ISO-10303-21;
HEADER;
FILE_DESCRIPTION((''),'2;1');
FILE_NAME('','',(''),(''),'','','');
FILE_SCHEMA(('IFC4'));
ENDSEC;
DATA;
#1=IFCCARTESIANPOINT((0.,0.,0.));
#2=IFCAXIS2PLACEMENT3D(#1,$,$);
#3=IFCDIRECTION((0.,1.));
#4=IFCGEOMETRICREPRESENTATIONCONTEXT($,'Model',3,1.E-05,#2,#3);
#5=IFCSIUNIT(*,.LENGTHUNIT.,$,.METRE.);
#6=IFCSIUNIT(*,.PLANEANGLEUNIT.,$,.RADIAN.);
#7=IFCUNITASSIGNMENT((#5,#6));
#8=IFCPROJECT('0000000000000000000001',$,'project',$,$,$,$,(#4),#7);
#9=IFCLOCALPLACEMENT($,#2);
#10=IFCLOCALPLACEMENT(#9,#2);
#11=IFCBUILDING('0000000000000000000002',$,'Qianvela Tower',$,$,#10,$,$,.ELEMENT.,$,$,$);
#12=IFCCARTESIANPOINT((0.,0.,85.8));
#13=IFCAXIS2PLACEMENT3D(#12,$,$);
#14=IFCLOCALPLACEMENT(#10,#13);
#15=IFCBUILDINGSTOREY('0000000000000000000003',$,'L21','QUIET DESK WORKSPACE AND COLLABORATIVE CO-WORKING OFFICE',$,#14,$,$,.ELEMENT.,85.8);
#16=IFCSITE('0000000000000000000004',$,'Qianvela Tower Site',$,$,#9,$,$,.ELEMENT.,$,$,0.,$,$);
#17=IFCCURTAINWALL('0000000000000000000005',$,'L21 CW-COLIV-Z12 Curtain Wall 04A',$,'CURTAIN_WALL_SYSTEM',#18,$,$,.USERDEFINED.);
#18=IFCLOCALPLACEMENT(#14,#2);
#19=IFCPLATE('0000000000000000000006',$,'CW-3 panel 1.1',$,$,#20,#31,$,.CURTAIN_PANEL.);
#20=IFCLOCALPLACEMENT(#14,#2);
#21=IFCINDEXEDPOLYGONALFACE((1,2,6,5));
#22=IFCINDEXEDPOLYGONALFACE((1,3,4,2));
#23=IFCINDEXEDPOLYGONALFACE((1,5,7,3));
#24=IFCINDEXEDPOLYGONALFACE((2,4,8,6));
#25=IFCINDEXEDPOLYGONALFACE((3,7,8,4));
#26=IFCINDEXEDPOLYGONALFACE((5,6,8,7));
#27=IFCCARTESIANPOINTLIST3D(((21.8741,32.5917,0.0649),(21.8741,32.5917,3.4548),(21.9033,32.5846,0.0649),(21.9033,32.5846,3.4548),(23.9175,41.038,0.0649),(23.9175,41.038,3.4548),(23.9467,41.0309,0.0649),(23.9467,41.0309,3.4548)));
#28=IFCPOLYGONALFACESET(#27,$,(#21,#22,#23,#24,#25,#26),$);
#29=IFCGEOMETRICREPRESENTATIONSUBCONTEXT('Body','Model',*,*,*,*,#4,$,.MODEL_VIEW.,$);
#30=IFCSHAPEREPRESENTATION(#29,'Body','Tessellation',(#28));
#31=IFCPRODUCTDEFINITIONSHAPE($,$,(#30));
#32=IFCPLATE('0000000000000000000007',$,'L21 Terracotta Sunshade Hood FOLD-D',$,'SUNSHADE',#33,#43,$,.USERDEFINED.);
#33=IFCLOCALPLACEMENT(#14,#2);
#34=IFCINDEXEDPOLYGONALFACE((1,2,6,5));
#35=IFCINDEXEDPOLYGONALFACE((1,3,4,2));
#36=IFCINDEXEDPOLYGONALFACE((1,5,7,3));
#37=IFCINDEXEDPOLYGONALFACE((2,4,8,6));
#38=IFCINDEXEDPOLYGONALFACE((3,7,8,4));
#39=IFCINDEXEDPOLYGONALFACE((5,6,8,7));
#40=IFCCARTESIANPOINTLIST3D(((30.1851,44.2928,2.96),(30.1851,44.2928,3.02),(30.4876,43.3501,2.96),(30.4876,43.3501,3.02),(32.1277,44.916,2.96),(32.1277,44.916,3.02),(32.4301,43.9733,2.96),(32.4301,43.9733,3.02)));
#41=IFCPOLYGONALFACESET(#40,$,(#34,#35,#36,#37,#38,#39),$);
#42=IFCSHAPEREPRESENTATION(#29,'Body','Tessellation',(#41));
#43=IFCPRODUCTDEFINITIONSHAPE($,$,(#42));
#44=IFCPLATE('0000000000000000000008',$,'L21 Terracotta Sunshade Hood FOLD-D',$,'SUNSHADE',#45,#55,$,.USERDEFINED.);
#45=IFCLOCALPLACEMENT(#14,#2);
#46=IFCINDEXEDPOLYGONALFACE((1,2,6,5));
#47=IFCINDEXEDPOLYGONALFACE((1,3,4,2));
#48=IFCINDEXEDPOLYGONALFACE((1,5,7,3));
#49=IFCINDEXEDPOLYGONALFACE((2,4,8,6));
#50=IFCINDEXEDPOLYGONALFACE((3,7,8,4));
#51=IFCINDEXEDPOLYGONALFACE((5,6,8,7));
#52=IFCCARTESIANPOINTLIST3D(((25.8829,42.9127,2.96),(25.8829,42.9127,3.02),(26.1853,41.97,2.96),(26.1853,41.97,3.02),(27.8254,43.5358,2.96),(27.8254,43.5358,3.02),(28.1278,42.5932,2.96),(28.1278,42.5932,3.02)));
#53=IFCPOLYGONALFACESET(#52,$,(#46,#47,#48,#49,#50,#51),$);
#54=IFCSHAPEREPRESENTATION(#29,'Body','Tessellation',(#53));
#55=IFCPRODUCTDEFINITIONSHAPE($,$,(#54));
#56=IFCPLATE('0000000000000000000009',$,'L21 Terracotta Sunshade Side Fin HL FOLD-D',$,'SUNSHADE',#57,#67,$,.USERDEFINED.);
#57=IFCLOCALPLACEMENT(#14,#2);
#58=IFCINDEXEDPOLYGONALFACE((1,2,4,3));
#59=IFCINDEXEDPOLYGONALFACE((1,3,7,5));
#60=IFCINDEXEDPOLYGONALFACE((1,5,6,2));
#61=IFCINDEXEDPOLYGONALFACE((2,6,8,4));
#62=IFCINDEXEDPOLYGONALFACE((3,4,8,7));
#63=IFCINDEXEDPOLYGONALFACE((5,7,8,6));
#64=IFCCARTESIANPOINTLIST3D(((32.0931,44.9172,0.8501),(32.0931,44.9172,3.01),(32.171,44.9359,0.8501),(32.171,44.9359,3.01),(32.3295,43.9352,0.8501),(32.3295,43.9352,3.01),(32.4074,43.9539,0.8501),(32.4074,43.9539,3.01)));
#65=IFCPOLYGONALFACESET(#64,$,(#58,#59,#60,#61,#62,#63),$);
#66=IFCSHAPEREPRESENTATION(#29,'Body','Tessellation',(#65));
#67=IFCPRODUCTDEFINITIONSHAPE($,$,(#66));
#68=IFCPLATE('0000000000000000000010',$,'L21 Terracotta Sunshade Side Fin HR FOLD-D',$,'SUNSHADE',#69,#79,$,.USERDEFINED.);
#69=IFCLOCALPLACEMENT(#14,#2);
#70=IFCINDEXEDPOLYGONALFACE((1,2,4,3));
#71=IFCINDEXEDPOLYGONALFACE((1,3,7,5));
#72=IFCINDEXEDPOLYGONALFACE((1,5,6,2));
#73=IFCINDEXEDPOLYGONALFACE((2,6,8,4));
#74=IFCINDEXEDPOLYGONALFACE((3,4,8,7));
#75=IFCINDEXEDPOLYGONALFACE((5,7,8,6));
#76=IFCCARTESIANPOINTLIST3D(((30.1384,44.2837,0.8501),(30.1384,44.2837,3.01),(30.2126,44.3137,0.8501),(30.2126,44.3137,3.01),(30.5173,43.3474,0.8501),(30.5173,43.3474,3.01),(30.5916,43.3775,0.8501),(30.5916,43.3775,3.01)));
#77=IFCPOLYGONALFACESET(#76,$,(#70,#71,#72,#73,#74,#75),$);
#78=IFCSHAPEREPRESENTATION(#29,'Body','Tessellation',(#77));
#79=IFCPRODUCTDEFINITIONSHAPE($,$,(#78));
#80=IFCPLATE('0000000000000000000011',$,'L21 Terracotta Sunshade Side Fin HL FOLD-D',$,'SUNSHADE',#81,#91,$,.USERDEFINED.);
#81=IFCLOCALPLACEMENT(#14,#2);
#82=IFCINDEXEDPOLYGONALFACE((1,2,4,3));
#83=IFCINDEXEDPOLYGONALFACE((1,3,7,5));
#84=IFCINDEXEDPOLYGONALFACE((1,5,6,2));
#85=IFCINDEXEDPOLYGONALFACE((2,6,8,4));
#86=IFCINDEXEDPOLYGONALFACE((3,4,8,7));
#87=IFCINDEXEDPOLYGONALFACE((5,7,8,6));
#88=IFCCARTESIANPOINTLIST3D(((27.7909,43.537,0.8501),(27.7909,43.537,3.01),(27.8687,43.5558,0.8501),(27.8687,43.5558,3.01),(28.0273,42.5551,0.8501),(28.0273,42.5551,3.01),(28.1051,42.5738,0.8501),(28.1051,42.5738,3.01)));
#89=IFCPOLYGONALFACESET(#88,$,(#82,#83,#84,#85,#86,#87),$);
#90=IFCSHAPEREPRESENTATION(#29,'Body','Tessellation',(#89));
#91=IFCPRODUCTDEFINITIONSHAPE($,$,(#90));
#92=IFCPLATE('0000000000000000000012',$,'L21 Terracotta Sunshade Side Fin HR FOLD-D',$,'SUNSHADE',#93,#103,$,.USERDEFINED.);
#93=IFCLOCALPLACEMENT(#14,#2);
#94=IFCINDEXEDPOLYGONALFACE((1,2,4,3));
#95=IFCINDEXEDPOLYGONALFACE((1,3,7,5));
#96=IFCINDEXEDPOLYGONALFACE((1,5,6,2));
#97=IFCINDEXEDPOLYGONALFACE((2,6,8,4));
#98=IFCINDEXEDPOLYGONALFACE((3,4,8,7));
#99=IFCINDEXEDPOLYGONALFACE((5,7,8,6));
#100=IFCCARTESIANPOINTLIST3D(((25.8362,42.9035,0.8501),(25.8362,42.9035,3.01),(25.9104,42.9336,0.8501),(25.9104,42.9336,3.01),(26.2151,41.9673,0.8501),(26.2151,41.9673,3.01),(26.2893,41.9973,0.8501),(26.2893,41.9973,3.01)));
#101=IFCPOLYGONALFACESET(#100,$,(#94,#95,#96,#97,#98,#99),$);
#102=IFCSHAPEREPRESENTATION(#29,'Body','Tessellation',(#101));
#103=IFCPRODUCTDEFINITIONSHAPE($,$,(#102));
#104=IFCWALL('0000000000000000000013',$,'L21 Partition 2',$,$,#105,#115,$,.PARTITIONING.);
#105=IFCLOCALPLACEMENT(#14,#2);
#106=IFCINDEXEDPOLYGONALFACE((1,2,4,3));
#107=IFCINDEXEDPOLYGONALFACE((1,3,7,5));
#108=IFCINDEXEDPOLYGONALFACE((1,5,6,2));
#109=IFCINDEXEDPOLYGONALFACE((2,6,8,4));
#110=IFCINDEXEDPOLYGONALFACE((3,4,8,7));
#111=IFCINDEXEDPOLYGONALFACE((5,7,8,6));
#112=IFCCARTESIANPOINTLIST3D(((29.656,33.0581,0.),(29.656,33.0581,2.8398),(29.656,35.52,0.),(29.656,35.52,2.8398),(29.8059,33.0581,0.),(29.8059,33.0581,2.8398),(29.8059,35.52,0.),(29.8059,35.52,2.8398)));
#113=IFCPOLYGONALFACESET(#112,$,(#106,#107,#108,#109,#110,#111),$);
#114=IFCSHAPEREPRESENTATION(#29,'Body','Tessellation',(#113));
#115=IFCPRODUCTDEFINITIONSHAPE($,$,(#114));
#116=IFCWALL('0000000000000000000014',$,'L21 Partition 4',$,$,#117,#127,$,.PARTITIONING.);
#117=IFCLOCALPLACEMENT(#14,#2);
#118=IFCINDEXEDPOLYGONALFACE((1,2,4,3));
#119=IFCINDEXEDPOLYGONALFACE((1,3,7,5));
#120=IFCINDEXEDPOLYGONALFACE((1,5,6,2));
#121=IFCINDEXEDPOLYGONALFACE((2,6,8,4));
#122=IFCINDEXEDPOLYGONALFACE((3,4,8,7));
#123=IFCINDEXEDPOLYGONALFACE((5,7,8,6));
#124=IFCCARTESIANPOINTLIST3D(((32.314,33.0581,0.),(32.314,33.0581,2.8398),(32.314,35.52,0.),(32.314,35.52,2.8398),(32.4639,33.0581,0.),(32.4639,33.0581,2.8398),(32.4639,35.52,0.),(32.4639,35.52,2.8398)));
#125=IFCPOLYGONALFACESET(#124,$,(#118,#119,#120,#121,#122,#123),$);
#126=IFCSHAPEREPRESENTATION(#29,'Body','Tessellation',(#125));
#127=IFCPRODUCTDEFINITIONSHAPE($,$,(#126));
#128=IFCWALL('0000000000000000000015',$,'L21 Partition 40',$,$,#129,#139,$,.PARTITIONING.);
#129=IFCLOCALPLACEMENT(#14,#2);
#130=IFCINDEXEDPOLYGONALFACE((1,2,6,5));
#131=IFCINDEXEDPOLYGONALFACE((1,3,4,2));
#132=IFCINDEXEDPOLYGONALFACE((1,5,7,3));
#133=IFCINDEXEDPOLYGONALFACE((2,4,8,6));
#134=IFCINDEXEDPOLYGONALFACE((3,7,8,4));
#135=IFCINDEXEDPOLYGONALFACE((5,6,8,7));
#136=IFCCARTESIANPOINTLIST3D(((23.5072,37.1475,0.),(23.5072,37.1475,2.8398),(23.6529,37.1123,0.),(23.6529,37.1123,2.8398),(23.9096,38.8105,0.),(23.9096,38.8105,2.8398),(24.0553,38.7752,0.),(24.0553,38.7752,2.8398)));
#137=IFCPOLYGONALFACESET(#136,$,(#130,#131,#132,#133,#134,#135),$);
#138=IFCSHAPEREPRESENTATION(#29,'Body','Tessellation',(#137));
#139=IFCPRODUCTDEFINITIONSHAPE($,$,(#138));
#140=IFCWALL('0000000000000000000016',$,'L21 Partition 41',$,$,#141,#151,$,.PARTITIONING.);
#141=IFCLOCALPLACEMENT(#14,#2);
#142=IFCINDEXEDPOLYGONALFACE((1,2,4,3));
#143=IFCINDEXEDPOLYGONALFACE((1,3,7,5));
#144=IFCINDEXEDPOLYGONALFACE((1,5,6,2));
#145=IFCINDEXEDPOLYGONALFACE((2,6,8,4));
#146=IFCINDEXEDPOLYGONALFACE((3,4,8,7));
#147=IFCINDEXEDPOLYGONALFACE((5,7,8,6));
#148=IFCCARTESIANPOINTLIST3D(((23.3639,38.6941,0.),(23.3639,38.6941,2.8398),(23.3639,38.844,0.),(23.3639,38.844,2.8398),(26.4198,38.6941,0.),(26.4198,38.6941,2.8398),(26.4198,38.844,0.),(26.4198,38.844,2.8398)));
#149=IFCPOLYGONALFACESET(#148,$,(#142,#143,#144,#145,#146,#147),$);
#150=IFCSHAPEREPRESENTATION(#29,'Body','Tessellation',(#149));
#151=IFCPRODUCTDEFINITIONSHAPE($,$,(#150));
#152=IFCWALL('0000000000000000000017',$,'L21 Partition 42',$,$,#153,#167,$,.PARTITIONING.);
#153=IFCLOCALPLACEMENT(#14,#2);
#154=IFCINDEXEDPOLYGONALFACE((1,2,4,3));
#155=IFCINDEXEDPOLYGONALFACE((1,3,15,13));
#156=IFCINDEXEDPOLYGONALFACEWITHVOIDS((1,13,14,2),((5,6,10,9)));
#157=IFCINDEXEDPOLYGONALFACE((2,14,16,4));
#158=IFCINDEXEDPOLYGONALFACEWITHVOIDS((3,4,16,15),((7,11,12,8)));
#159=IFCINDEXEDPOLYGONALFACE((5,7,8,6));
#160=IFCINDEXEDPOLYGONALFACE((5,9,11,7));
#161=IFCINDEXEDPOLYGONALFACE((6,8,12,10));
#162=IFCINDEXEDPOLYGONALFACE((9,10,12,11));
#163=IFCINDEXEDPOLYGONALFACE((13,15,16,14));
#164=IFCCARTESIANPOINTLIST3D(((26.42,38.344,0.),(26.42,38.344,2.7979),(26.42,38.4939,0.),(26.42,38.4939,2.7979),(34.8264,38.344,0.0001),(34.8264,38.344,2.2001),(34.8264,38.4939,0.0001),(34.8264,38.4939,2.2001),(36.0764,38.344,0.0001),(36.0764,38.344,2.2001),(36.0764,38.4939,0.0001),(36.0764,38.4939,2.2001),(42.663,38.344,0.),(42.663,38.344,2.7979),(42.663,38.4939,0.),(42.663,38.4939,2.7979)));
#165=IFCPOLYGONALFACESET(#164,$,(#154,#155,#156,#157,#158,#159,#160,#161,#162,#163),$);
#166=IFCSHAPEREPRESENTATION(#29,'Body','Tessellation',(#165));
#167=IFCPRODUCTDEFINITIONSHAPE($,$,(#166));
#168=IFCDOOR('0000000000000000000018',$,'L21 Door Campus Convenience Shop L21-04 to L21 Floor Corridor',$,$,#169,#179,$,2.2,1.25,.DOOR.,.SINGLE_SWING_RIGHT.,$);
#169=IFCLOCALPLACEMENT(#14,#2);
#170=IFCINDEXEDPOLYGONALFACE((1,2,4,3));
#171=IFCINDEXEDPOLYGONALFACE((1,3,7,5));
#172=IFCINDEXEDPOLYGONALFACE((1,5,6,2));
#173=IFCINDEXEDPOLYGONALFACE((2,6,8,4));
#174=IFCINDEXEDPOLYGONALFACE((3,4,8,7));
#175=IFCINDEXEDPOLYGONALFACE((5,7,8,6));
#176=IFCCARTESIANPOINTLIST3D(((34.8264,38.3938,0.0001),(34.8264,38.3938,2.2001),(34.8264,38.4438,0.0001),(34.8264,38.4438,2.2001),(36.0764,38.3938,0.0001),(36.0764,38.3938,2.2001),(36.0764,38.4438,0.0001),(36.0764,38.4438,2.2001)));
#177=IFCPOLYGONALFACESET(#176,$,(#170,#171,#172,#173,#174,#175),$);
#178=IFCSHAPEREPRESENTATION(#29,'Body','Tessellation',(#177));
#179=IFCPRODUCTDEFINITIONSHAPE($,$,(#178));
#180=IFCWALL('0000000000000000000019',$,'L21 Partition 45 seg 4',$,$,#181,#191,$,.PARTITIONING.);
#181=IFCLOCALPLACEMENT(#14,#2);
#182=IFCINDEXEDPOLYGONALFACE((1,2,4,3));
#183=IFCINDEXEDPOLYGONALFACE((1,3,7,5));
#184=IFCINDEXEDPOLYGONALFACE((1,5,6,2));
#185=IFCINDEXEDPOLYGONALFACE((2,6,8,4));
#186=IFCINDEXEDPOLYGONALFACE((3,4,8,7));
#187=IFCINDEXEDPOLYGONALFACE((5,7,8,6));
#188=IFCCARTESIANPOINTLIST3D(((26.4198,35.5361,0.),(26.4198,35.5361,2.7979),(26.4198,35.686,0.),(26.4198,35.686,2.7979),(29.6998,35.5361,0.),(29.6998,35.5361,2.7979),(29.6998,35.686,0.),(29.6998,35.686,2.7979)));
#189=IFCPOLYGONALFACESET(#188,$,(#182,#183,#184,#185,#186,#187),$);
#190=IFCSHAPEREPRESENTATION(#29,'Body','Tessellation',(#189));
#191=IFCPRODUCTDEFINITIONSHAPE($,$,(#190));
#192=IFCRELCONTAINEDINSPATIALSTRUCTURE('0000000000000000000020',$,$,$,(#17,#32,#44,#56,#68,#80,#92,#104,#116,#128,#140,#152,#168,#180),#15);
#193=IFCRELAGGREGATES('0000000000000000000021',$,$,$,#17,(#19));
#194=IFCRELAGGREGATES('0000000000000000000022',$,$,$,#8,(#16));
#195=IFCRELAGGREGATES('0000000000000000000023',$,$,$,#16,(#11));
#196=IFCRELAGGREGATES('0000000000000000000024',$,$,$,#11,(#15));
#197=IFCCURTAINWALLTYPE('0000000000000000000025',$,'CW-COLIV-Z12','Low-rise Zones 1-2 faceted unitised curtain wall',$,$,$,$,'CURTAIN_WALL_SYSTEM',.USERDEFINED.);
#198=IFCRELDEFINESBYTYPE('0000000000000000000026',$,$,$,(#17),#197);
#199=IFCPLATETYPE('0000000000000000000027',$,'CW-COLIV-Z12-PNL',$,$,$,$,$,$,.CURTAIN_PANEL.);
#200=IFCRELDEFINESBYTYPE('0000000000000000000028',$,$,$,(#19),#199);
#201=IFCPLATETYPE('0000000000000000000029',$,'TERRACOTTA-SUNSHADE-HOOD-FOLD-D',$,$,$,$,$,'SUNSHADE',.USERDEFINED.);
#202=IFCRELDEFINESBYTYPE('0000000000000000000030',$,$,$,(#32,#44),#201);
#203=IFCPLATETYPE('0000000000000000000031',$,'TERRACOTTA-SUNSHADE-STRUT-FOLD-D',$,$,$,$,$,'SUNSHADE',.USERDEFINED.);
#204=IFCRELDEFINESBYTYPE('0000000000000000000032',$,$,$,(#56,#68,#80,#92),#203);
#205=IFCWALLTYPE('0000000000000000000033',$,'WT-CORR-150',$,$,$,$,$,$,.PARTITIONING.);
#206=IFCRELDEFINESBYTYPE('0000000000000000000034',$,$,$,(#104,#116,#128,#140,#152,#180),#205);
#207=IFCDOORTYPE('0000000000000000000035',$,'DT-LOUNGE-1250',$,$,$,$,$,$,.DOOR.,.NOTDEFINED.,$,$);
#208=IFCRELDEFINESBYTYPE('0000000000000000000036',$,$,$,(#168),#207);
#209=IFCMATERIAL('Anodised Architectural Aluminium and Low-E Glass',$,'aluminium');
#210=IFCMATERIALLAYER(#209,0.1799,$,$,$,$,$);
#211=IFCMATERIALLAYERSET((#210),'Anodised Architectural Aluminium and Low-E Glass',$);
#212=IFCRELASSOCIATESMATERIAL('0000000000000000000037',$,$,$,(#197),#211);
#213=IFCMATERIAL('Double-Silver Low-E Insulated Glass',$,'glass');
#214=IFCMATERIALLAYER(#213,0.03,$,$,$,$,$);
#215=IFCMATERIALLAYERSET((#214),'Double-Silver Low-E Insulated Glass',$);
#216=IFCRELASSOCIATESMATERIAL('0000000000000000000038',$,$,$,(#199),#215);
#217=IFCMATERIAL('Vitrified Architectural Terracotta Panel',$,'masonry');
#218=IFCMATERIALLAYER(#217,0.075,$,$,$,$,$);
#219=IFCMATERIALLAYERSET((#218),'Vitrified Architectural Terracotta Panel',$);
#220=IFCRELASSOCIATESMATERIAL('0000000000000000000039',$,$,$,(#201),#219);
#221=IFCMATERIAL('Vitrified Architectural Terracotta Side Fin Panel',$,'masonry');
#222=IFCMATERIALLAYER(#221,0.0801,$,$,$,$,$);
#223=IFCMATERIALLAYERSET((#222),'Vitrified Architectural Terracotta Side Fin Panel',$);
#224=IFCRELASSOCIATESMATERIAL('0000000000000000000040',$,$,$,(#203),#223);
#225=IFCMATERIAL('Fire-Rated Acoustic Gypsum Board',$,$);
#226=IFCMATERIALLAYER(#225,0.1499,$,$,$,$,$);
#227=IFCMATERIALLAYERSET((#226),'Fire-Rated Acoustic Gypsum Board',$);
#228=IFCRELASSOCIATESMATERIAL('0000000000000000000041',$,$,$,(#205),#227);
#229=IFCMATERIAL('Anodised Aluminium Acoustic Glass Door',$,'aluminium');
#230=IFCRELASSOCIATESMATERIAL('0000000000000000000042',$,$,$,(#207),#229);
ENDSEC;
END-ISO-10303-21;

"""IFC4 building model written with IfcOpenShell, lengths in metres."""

from ifc_helpers import new_model, si_unit, direction, frame, frame_2d, origin, origin_2d, place, context, subcontext, project, spatial, rectangle, extrude, material, layer, layer_set, type_object, element, fill, aggregate, save


model = new_model("IFC4")

# Units and contexts
model_context = context("Model", 3, precision=1e-05, world=origin(), true_north=direction((0.0, 1.0)))
body_context = subcontext(model_context, "Body", "Model", "MODEL_VIEW")
ifc_project = project(units=[si_unit("LENGTHUNIT", "METRE"), si_unit("PLANEANGLEUNIT", "RADIAN")], contexts=[model_context])

# Site, building, storey
site_placement = place(None, origin())
site = spatial("IfcSite", under=ifc_project, at=site_placement, Name="Qianvela Tower Site", CompositionType="ELEMENT", RefElevation=0.0)
building_placement = place(site_placement, origin())
building = spatial("IfcBuilding", under=site, at=building_placement, Name="Qianvela Tower", CompositionType="ELEMENT")
storey_placement = place(building_placement, frame((0.0, 0.0, 85.8)))
storey = spatial("IfcBuildingStorey", under=building, at=storey_placement, Name="L21", Description="QUIET DESK WORKSPACE AND COLLABORATIVE CO-WORKING OFFICE", CompositionType="ELEMENT", Elevation=85.8)

# Curtain wall, plate
ifc_material_1 = material(Name="Anodised Architectural Aluminium and Low-E Glass", Category="aluminium")
ifc_layer_1 = layer(ifc_material_1, 0.1799)
ifc_layer_set_1 = layer_set([ifc_layer_1], Name="Anodised Architectural Aluminium and Low-E Glass")
curtain_wall_type = type_object("IfcCurtainWallType", Name="CW-COLIV-Z12", Description="Low-rise Zones 1-2 faceted unitised curtain wall", ElementType="CURTAIN_WALL_SYSTEM", PredefinedType="USERDEFINED", material=ifc_layer_set_1)
curtain_wall_placement = place(storey_placement, origin())
curtain_wall = element("IfcCurtainWall", 1, at=curtain_wall_placement, inside=storey, type_object=curtain_wall_type, Name="L21 CW-COLIV-Z12 Curtain Wall 04A", ObjectType="CURTAIN_WALL_SYSTEM", PredefinedType="USERDEFINED")
ifc_material_2 = material(Name="Double-Silver Low-E Insulated Glass", Category="glass")
ifc_layer_2 = layer(ifc_material_2, 0.03)
ifc_layer_set_2 = layer_set([ifc_layer_2], Name="Double-Silver Low-E Insulated Glass")
plate_type_1 = type_object("IfcPlateType", Name="CW-COLIV-Z12-PNL", PredefinedType="CURTAIN_PANEL", material=ifc_layer_set_2)
plate_placement = place(storey_placement, frame((22.9104, 36.8113, 0.0649), z_axis=(0.0, 0.0, 1.0), x_axis=(-0.235142, -0.971961, 0.0)))
plate = element("IfcPlate", 2, at=plate_placement, type_object=plate_type_1, Name="CW-3 panel 1.1", PredefinedType="CURTAIN_PANEL", context=body_context, shape_type="SweptSolid", body=[
    extrude(rectangle(XDim=8.6899, YDim=0.03, at=origin_2d()), origin(), (0.0, 0.0, 1.0), 3.3899),
])
aggregate(curtain_wall, [plate])

# Plates
ifc_material_3 = material(Name="Vitrified Architectural Terracotta Panel", Category="masonry")
ifc_layer_3 = layer(ifc_material_3, 0.075)
ifc_layer_set_3 = layer_set([ifc_layer_3], Name="Vitrified Architectural Terracotta Panel")
plate_type_2 = type_object("IfcPlateType", Name="TERRACOTTA-SUNSHADE-HOOD-FOLD-D", ElementType="SUNSHADE", PredefinedType="USERDEFINED", material=ifc_layer_set_3)
for number, where, z_axis, x_axis, name in (
    (3, (31.3076, 44.1331, 2.96), (0.0, 0.0, 1.0), (-0.952204, -0.305464, 0.0), "L21 Terracotta Sunshade Hood FOLD-D"),
    (4, (27.0054, 42.7529, 2.96), (0.0, 0.0, 1.0), (-0.952204, -0.305464, 0.0), "L21 Terracotta Sunshade Hood FOLD-D"),
):
    element("IfcPlate", number, at=place(storey_placement, frame(where, z_axis=z_axis, x_axis=x_axis)), inside=storey, type_object=plate_type_2, Name=name, ObjectType="SUNSHADE", PredefinedType="USERDEFINED", context=body_context, shape_type="SweptSolid", body=[
        extrude(rectangle(XDim=2.04, YDim=0.99, at=origin_2d()), origin(), (0.0, 0.0, 1.0), 0.0601),
    ])
ifc_material_4 = material(Name="Vitrified Architectural Terracotta Side Fin Panel", Category="masonry")
ifc_layer_4 = layer(ifc_material_4, 0.0801)
ifc_layer_set_4 = layer_set([ifc_layer_4], Name="Vitrified Architectural Terracotta Side Fin Panel")
plate_type_3 = type_object("IfcPlateType", Name="TERRACOTTA-SUNSHADE-STRUT-FOLD-D", ElementType="SUNSHADE", PredefinedType="USERDEFINED", material=ifc_layer_set_4)
for number, where, z_axis, x_axis, name in (
    (5, (32.2502, 44.4355, 0.8501), (0.0, 0.0, 1.0), (-0.972223, -0.234058, 0.0), "L21 Terracotta Sunshade Side Fin HL FOLD-D"),
    (6, (30.365, 43.8306, 0.8501), (0.0, 0.0, 1.0), (-0.926948, -0.375191, 0.0), "L21 Terracotta Sunshade Side Fin HR FOLD-D"),
    (7, (27.948, 43.0554, 0.8501), (0.0, 0.0, 1.0), (-0.972223, -0.234058, 0.0), "L21 Terracotta Sunshade Side Fin HL FOLD-D"),
    (8, (26.0627, 42.4504, 0.8501), (0.0, 0.0, 1.0), (-0.926948, -0.375191, 0.0), "L21 Terracotta Sunshade Side Fin HR FOLD-D"),
):
    element("IfcPlate", number, at=place(storey_placement, frame(where, z_axis=z_axis, x_axis=x_axis)), inside=storey, type_object=plate_type_3, Name=name, ObjectType="SUNSHADE", PredefinedType="USERDEFINED", context=body_context, shape_type="SweptSolid", body=[
        extrude(rectangle(XDim=0.0801, YDim=1.01, at=origin_2d()), origin(), (0.0, 0.0, 1.0), 2.1599),
    ])

# Wall
ifc_material_5 = material(Name="Fire-Rated Acoustic Gypsum Board")
ifc_layer_5 = layer(ifc_material_5, 0.1499)
ifc_layer_set_5 = layer_set([ifc_layer_5], Name="Fire-Rated Acoustic Gypsum Board")
wall_type_1 = type_object("IfcWallType", Name="WT-CORR-150", PredefinedType="PARTITIONING", material=ifc_layer_set_5)
wall_1_placement = place(storey_placement, frame((29.731, 33.0581, 0.0), z_axis=(0.0, 0.0, 1.0), x_axis=(0.0, 1.0, 0.0)))
element("IfcWall", 9, at=wall_1_placement, inside=storey, type_object=wall_type_1, Name="L21 Partition 2", PredefinedType="PARTITIONING", context=body_context, shape_type="SweptSolid", body=[
    extrude(rectangle(XDim=2.4619, YDim=0.1499, at=frame_2d((1.231, 0.0))), origin(), (0.0, 0.0, 1.0), 2.8398),
])

# Walls
wall_2_placement = place(storey_placement, frame((32.3889, 35.52, 0.0), z_axis=(0.0, 0.0, 1.0), x_axis=(0.0, -1.0, 0.0)))
element("IfcWall", 10, at=wall_2_placement, inside=storey, type_object=wall_type_1, Name="L21 Partition 4", PredefinedType="PARTITIONING", context=body_context, shape_type="SweptSolid", body=[
    extrude(rectangle(XDim=2.4619, YDim=0.1499, at=frame_2d((1.231, 0.0))), origin(), (0.0, 0.0, 1.0), 2.8398),
])
wall_3_placement = place(storey_placement, frame((23.5801, 37.1299, 0.0), z_axis=(0.0, 0.0, 1.0), x_axis=(0.235175, 0.971953, 0.0)))
element("IfcWall", 11, at=wall_3_placement, inside=storey, type_object=wall_type_1, Name="L21 Partition 40", PredefinedType="PARTITIONING", context=body_context, shape_type="SweptSolid", body=[
    extrude(rectangle(XDim=1.7109, YDim=0.1499, at=frame_2d((0.8555, 0.0))), origin(), (0.0, 0.0, 1.0), 2.8398),
])
wall_4_placement = place(storey_placement, frame((23.364, 38.769, 0.0), z_axis=(0.0, 0.0, 1.0), x_axis=(1.0, 0.0, 0.0)))
element("IfcWall", 12, at=wall_4_placement, inside=storey, type_object=wall_type_1, Name="L21 Partition 41", PredefinedType="PARTITIONING", context=body_context, shape_type="SweptSolid", body=[
    extrude(rectangle(XDim=3.0559, YDim=0.1499, at=frame_2d((1.5278, 0.0))), origin(), (0.0, 0.0, 1.0), 2.8398),
])

# Wall, opening, door
wall_5_placement = place(storey_placement, frame((26.4199, 38.4189, 0.0), z_axis=(0.0, 0.0, 1.0), x_axis=(1.0, 0.0, 0.0)))
wall_5 = element("IfcWall", 13, at=wall_5_placement, inside=storey, type_object=wall_type_1, Name="L21 Partition 42", PredefinedType="PARTITIONING", context=body_context, shape_type="SweptSolid", body=[
    extrude(rectangle(XDim=16.2429, YDim=0.1499, at=frame_2d((8.1216, 0.0))), origin(), (0.0, 0.0, 1.0), 2.7979),
])
opening_1_placement = place(wall_5_placement, frame((8.4065, 0.0, 0.0)))
opening_1 = element("IfcOpeningElement", 14, at=opening_1_placement, cuts=wall_5, PredefinedType="OPENING", context=body_context, shape_type="SweptSolid", body=[
    extrude(rectangle(XDim=1.25, YDim=2.2, at=frame_2d((0.625, 1.1001))), frame((0.0, 0.085, 0.0), z_axis=(0.0, -1.0, 0.0), x_axis=(1.0, 0.0, 0.0)), (0.0, 0.0, 1.0), 0.1699),
])
ifc_material_6 = material(Name="Anodised Aluminium Acoustic Glass Door", Category="aluminium")
door_type_1 = type_object("IfcDoorType", Name="DT-LOUNGE-1250", OperationType="NOTDEFINED", PredefinedType="DOOR", material=ifc_material_6)
door_1_placement = place(opening_1_placement, origin())
door_1 = element("IfcDoor", 15, at=door_1_placement, inside=storey, type_object=door_type_1, Name="L21 Door Campus Convenience Shop L21-04 to L21 Floor Corridor", OperationType="SINGLE_SWING_RIGHT", OverallHeight=2.2, OverallWidth=1.25, PredefinedType="DOOR", context=body_context, shape_type="SweptSolid", body=[
    extrude(rectangle(XDim=1.25, YDim=2.2, at=frame_2d((0.625, 1.1001))), frame((0.0, 0.0249, 0.0), z_axis=(0.0, -1.0, 0.0), x_axis=(1.0, 0.0, 0.0)), (0.0, 0.0, 1.0), 0.05),
])
fill(opening_1, door_1)

# Wall
wall_6_placement = place(storey_placement, frame((29.7, 35.6111, 0.0), z_axis=(0.0, 0.0, 1.0), x_axis=(-1.0, 0.0, 0.0)))
element("IfcWall", 16, at=wall_6_placement, inside=storey, type_object=wall_type_1, Name="L21 Partition 45 seg 4", PredefinedType="PARTITIONING", context=body_context, shape_type="SweptSolid", body=[
    extrude(rectangle(XDim=3.28, YDim=0.1499, at=frame_2d((1.6401, 0.0))), origin(), (0.0, 0.0, 1.0), 2.7979),
])

save(model, "model.ifc")
